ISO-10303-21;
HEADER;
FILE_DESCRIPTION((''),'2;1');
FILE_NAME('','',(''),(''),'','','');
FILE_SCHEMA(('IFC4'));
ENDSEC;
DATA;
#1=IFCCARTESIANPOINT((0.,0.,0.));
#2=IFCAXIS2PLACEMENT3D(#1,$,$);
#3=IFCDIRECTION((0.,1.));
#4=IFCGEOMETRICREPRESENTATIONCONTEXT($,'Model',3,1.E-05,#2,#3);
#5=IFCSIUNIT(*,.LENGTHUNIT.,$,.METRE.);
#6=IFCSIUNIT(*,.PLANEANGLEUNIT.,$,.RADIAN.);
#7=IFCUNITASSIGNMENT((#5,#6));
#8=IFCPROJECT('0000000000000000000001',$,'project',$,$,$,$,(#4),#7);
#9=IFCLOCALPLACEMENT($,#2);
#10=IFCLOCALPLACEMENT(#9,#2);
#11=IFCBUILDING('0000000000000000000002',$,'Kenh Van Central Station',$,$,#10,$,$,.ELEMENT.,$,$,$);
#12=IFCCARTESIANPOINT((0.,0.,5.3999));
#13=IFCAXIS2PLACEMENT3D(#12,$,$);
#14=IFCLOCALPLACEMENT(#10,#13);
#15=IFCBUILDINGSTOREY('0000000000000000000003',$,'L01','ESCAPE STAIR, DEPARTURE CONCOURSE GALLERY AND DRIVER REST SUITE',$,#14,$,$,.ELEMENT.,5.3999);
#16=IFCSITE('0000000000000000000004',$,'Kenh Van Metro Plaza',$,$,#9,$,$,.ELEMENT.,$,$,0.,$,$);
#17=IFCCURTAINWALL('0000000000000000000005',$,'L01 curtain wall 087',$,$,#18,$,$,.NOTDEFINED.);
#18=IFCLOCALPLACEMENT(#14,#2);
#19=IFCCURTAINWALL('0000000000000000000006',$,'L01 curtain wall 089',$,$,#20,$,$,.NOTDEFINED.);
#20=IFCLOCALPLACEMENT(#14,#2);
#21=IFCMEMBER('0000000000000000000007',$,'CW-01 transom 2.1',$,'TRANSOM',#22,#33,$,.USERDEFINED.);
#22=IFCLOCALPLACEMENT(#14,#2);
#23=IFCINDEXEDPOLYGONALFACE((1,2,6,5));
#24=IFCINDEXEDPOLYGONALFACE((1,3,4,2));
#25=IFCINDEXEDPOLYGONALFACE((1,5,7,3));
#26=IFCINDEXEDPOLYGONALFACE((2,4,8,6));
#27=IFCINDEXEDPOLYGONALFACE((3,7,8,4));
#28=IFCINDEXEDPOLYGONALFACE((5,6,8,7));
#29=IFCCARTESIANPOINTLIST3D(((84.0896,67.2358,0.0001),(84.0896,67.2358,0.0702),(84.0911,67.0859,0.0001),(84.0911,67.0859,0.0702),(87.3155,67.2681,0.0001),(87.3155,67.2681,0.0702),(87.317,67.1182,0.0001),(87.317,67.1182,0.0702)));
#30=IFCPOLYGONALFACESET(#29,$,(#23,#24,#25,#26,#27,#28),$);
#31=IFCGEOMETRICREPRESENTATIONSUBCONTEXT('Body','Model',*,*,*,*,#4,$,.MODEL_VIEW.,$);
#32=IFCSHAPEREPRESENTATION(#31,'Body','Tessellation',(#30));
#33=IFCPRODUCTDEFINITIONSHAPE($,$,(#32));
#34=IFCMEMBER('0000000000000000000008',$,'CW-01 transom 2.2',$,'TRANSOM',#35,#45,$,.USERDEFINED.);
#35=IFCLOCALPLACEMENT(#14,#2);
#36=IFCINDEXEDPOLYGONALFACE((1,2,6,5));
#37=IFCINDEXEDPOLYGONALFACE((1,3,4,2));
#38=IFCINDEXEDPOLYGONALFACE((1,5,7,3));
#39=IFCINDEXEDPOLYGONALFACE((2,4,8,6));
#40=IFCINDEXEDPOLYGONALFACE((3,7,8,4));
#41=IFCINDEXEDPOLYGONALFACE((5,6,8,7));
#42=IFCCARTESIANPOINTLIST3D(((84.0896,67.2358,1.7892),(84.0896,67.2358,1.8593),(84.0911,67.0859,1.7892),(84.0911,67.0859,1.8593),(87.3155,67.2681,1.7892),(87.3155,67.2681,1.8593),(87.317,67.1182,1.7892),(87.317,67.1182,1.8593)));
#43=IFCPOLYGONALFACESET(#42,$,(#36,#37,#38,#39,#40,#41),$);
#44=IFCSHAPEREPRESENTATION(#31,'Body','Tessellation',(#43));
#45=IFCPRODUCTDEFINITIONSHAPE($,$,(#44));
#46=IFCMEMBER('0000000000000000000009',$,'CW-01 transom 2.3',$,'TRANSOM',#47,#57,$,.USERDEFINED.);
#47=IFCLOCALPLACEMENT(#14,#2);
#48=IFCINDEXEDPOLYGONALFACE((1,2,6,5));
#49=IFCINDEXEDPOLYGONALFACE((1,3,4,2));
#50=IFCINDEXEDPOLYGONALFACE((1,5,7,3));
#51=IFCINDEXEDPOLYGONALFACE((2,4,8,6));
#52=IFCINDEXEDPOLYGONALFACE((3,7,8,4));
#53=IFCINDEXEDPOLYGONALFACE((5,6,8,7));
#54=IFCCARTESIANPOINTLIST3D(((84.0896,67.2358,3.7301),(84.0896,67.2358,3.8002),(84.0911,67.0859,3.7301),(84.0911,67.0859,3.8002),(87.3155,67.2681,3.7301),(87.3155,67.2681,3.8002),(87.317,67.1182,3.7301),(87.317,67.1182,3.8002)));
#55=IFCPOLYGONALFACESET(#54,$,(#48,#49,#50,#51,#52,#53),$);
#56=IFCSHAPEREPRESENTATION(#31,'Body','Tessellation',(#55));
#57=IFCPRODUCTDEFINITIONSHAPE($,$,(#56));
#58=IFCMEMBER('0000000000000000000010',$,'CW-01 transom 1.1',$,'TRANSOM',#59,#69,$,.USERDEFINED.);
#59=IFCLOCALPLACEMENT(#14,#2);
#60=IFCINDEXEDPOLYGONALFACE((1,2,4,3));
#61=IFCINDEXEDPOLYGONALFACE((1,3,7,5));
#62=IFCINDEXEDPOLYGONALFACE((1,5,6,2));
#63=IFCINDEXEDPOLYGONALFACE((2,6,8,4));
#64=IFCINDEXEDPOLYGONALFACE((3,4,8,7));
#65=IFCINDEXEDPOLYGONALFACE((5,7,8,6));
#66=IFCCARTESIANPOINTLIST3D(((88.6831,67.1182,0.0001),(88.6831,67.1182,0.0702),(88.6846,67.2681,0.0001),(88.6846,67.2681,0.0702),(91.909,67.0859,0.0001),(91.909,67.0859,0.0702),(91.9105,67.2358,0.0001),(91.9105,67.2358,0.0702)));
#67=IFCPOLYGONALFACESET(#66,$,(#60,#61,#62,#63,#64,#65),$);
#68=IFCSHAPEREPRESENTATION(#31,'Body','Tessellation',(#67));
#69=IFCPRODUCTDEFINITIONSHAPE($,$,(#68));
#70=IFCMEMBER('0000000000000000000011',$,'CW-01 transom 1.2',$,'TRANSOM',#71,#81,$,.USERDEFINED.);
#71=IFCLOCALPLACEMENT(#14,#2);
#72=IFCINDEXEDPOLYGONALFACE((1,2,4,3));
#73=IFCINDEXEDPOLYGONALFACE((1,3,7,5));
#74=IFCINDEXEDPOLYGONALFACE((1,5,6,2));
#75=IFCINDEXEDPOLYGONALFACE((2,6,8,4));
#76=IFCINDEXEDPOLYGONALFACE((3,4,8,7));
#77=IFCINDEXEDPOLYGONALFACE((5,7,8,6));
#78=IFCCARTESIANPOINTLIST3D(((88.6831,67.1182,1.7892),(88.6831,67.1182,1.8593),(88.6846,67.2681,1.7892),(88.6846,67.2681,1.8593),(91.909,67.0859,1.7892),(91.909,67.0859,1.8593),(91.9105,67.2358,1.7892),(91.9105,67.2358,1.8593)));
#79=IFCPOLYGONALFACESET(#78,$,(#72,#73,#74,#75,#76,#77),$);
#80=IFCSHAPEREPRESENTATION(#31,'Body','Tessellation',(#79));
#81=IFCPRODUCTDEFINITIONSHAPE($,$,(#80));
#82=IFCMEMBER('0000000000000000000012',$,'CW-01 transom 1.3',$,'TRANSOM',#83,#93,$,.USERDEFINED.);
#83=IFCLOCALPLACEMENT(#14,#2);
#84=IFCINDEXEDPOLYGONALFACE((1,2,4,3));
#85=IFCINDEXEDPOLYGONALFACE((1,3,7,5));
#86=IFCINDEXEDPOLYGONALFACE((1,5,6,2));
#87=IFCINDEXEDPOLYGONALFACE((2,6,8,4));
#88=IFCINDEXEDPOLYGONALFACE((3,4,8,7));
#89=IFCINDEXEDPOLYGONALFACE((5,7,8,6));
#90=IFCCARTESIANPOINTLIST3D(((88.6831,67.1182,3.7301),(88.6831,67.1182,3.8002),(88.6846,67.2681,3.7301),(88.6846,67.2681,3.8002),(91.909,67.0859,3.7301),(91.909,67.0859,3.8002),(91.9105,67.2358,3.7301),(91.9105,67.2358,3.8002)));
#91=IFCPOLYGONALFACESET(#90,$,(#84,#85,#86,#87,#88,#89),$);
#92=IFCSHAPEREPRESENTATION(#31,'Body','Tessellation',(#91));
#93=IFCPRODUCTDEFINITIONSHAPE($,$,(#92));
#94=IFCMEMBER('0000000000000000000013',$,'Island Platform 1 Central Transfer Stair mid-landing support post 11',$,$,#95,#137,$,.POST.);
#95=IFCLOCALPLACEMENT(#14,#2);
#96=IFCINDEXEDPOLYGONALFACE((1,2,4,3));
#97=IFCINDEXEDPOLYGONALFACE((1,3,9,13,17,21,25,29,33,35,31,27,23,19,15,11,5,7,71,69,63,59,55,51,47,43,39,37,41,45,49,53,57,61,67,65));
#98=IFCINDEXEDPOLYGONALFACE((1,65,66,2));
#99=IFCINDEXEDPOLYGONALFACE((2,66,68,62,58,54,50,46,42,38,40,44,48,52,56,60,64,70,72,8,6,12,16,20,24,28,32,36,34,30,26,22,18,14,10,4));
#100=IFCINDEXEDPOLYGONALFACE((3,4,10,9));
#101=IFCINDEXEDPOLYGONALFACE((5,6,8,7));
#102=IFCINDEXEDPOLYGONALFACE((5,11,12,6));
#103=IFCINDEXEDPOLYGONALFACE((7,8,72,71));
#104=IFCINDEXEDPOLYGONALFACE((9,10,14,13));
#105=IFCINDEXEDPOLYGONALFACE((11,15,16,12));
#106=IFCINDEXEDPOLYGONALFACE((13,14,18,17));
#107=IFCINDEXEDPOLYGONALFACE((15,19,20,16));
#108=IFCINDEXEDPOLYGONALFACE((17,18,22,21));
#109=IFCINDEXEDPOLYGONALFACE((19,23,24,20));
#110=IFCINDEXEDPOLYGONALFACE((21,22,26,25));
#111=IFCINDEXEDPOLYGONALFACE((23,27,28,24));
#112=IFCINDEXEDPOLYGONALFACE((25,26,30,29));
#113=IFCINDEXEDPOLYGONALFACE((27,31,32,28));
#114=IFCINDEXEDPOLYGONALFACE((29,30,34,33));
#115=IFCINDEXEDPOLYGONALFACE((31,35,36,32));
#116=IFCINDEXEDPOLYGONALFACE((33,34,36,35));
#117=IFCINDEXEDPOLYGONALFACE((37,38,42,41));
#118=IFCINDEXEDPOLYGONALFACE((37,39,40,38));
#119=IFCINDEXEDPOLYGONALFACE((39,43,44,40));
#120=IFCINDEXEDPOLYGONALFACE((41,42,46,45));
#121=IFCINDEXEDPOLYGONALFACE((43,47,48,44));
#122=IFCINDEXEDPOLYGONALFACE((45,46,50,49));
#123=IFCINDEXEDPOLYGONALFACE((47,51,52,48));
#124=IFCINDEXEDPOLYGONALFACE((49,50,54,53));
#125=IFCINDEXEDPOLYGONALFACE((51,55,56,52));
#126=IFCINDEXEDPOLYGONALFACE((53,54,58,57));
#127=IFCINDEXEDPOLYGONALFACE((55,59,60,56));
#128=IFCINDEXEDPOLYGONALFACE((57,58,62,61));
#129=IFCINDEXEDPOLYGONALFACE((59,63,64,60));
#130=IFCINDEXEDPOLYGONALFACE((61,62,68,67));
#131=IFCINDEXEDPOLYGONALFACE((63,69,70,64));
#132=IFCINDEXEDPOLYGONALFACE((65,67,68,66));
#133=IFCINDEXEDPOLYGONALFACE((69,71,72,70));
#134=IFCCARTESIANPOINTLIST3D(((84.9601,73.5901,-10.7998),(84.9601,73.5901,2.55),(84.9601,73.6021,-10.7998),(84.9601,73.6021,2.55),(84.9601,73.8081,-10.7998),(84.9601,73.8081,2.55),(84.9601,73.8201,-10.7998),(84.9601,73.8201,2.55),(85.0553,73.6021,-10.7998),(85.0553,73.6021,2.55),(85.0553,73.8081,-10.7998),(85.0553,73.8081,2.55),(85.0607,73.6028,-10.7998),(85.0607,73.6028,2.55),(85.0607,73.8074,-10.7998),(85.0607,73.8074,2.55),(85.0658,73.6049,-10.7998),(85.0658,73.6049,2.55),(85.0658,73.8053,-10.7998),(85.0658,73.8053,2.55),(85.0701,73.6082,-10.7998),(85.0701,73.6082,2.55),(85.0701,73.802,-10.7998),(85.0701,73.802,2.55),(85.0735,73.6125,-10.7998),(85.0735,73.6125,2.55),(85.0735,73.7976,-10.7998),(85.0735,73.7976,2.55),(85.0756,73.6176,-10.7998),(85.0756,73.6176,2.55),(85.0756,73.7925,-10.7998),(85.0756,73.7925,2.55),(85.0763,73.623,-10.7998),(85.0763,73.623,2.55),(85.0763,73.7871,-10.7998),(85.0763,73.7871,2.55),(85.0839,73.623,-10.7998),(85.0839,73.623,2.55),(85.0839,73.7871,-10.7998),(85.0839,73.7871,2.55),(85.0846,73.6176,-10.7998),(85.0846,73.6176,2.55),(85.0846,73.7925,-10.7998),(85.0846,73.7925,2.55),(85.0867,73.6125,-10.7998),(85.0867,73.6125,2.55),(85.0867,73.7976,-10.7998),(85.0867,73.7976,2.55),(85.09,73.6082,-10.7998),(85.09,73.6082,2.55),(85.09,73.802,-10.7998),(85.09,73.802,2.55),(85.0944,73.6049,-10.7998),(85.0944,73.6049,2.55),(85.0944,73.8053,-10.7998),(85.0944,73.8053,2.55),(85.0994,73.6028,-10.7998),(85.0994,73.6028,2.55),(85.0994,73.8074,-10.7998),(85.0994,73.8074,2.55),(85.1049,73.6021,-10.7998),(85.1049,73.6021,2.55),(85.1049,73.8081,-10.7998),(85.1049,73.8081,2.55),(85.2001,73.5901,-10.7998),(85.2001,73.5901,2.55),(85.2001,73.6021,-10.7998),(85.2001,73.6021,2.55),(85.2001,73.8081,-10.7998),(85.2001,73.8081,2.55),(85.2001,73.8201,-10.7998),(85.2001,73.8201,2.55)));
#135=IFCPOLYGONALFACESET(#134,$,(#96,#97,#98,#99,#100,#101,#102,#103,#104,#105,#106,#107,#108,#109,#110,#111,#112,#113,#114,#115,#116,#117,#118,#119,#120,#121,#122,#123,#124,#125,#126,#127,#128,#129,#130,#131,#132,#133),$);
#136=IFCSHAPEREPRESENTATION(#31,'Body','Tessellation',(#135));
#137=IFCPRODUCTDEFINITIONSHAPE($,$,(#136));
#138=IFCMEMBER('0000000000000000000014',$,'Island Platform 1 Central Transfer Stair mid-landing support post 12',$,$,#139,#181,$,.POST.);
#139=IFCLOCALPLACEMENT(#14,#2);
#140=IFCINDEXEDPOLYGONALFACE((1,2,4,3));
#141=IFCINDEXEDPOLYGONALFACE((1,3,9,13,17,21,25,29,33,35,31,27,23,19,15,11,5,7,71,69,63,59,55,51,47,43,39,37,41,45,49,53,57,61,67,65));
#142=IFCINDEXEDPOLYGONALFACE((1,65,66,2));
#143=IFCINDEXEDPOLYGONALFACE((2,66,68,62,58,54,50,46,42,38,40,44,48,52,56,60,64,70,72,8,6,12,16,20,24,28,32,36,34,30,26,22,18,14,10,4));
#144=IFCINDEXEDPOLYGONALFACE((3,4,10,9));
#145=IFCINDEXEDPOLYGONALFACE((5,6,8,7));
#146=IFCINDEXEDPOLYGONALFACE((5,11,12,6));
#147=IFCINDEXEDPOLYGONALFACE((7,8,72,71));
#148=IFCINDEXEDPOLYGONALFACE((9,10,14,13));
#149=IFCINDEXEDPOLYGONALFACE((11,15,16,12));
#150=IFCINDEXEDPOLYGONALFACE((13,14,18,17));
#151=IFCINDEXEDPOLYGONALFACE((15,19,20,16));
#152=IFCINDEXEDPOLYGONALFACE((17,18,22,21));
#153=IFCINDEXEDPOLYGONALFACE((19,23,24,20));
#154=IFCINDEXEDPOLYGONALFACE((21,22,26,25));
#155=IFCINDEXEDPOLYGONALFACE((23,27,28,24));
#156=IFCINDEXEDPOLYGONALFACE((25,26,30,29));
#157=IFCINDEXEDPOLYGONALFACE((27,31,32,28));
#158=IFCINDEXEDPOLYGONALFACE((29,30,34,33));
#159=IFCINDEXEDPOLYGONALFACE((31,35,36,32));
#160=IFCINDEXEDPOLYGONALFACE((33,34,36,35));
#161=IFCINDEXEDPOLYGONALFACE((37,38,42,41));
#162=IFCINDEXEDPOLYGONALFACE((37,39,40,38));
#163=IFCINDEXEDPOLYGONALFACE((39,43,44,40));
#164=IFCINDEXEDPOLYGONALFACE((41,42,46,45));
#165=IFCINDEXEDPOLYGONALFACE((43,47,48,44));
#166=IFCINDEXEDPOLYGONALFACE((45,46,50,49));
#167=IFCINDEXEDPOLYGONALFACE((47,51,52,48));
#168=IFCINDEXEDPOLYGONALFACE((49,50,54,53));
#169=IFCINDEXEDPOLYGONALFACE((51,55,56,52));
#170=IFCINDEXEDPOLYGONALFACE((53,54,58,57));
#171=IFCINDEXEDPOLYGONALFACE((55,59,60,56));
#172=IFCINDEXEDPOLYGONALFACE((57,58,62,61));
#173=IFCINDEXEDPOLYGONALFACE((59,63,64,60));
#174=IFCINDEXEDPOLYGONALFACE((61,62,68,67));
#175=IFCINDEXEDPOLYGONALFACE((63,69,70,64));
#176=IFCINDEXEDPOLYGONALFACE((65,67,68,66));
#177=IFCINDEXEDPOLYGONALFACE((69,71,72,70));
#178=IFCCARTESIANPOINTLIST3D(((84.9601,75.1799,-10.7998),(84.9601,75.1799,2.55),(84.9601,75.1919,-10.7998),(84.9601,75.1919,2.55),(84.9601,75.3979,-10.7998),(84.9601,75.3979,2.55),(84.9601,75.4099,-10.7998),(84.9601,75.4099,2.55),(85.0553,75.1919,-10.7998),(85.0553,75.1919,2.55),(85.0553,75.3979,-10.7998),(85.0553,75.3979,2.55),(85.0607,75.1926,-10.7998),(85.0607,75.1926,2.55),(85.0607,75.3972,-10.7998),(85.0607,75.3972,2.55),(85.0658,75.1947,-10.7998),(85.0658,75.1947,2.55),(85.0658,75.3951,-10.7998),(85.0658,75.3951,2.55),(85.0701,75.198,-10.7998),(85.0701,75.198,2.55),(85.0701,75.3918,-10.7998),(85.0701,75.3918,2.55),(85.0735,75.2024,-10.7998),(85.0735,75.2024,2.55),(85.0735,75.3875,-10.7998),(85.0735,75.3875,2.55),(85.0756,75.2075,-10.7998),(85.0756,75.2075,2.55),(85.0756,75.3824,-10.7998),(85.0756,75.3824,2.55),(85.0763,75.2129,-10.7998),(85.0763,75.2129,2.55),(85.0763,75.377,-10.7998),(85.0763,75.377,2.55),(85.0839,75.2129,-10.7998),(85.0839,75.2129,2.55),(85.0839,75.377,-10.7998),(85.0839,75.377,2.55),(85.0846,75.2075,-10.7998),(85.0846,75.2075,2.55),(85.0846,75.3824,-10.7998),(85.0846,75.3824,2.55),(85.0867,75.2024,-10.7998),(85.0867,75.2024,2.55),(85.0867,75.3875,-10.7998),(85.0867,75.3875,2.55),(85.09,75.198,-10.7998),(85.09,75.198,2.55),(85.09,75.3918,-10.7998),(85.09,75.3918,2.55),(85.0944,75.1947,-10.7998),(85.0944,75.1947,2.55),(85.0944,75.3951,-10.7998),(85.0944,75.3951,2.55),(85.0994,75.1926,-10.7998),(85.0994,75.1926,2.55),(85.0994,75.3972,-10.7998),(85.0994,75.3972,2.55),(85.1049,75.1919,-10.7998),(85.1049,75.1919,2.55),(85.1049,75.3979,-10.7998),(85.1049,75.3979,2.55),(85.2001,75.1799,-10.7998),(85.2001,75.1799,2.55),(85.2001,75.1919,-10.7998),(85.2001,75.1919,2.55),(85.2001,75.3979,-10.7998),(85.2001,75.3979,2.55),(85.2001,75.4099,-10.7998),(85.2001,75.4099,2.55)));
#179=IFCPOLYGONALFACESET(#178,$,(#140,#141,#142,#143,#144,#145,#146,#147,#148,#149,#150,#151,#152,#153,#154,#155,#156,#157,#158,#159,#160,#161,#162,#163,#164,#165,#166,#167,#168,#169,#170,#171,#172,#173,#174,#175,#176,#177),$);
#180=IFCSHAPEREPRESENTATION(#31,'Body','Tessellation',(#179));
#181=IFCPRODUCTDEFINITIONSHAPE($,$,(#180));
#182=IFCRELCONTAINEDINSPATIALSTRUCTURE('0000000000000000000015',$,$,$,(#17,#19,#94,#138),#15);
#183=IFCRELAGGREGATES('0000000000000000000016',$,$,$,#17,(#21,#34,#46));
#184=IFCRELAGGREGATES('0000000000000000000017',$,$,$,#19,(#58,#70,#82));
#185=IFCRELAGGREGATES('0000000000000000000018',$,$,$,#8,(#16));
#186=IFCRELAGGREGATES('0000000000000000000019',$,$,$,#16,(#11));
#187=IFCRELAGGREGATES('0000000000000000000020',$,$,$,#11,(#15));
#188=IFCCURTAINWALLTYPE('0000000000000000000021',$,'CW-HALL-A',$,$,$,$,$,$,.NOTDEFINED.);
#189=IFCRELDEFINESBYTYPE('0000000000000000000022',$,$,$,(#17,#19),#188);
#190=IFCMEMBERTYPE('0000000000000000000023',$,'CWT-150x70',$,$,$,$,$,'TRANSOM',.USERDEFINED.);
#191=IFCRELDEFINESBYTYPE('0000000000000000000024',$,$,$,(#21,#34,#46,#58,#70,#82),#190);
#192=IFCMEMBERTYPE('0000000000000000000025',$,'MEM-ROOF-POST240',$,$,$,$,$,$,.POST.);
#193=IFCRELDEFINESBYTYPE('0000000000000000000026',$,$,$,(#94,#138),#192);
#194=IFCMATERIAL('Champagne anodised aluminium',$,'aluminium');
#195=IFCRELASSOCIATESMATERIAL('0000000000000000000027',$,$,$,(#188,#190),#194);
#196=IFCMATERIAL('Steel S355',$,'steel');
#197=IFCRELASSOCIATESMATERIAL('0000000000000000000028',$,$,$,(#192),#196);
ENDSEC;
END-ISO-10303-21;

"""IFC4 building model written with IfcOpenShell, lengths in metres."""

from ifc_helpers import new_model, si_unit, direction, frame, origin, origin_2d, place, context, subcontext, project, spatial, rectangle, i_section, extrude, material, material_profile, profile_set, type_object, element, aggregate, save


model = new_model("IFC4")

# Units and contexts
model_context = context("Model", 3, precision=1e-05, world=origin(), true_north=direction((0.0, 1.0)))
body_context = subcontext(model_context, "Body", "Model", "MODEL_VIEW")
ifc_project = project(units=[si_unit("LENGTHUNIT", "METRE"), si_unit("PLANEANGLEUNIT", "RADIAN")], contexts=[model_context])

# Site, building, storey
site_placement = place(None, origin())
site = spatial("IfcSite", under=ifc_project, at=site_placement, Name="Kenh Van Metro Plaza", CompositionType="ELEMENT", RefElevation=0.0)
building_placement = place(site_placement, origin())
building = spatial("IfcBuilding", under=site, at=building_placement, Name="Kenh Van Central Station", CompositionType="ELEMENT")
storey_placement = place(building_placement, frame((0.0, 0.0, 5.3999)))
storey = spatial("IfcBuildingStorey", under=building, at=storey_placement, Name="L01", Description="ESCAPE STAIR, DEPARTURE CONCOURSE GALLERY AND DRIVER REST SUITE", CompositionType="ELEMENT", Elevation=5.3999)

# Curtain wall
ifc_material_1 = material(Name="Champagne anodised aluminium", Category="aluminium")
curtain_wall_type = type_object("IfcCurtainWallType", Name="CW-HALL-A", PredefinedType="NOTDEFINED", material=ifc_material_1)
curtain_wall_1_placement = place(storey_placement, origin())
curtain_wall_1 = element("IfcCurtainWall", 1, at=curtain_wall_1_placement, inside=storey, type_object=curtain_wall_type, Name="L01 curtain wall 087", PredefinedType="NOTDEFINED")

# Curtain wall
curtain_wall_2_placement = place(storey_placement, origin())
curtain_wall_2 = element("IfcCurtainWall", 2, at=curtain_wall_2_placement, inside=storey, type_object=curtain_wall_type, Name="L01 curtain wall 089", PredefinedType="NOTDEFINED")

# Members
ifc_material_profile_1 = material_profile(ifc_material_1, rectangle(XDim=0.1499, YDim=0.0701, at=origin_2d()), Name="AL 150x70")
ifc_profile_set_1 = profile_set([ifc_material_profile_1], Name="Champagne anodised aluminium")
member_type_1 = type_object("IfcMemberType", Name="CWT-150x70", ElementType="TRANSOM", PredefinedType="USERDEFINED", material=ifc_profile_set_1)
member_1_placement = place(storey_placement, frame((84.0903, 67.1609, 0.0352), z_axis=(0.99995, 0.00999, 0.0), x_axis=(-0.00999, 0.99995, 0.0)))
member_1 = element("IfcMember", 3, at=member_1_placement, type_object=member_type_1, Name="CW-01 transom 2.1", ObjectType="TRANSOM", PredefinedType="USERDEFINED", context=body_context, shape_type="SweptSolid", body=[
    extrude(rectangle(XDim=0.1499, YDim=0.0701, at=origin_2d()), origin(), (0.0, 0.0, 1.0), 3.2261),
])
member_2_placement = place(storey_placement, frame((84.0903, 67.1609, 1.8242), z_axis=(0.99995, 0.00999, 0.0), x_axis=(-0.00999, 0.99995, 0.0)))
member_2 = element("IfcMember", 4, at=member_2_placement, type_object=member_type_1, Name="CW-01 transom 2.2", ObjectType="TRANSOM", PredefinedType="USERDEFINED", context=body_context, shape_type="SweptSolid", body=[
    extrude(rectangle(XDim=0.1499, YDim=0.0701, at=origin_2d()), origin(), (0.0, 0.0, 1.0), 3.2261),
])
member_3_placement = place(storey_placement, frame((84.0903, 67.1609, 3.7651), z_axis=(0.99995, 0.00999, 0.0), x_axis=(-0.00999, 0.99995, 0.0)))
member_3 = element("IfcMember", 5, at=member_3_placement, type_object=member_type_1, Name="CW-01 transom 2.3", ObjectType="TRANSOM", PredefinedType="USERDEFINED", context=body_context, shape_type="SweptSolid", body=[
    extrude(rectangle(XDim=0.1499, YDim=0.0701, at=origin_2d()), origin(), (0.0, 0.0, 1.0), 3.2261),
])
member_4_placement = place(storey_placement, frame((88.6838, 67.1931, 0.0352), z_axis=(0.99995, -0.00999, 0.0), x_axis=(0.00999, 0.99995, 0.0)))
member_4 = element("IfcMember", 6, at=member_4_placement, type_object=member_type_1, Name="CW-01 transom 1.1", ObjectType="TRANSOM", PredefinedType="USERDEFINED", context=body_context, shape_type="SweptSolid", body=[
    extrude(rectangle(XDim=0.1499, YDim=0.0701, at=origin_2d()), origin(), (0.0, 0.0, 1.0), 3.2261),
])
member_5_placement = place(storey_placement, frame((88.6838, 67.1931, 1.8242), z_axis=(0.99995, -0.00999, 0.0), x_axis=(0.00999, 0.99995, 0.0)))
member_5 = element("IfcMember", 7, at=member_5_placement, type_object=member_type_1, Name="CW-01 transom 1.2", ObjectType="TRANSOM", PredefinedType="USERDEFINED", context=body_context, shape_type="SweptSolid", body=[
    extrude(rectangle(XDim=0.1499, YDim=0.0701, at=origin_2d()), origin(), (0.0, 0.0, 1.0), 3.2261),
])
member_6_placement = place(storey_placement, frame((88.6838, 67.1931, 3.7651), z_axis=(0.99995, -0.00999, 0.0), x_axis=(0.00999, 0.99995, 0.0)))
member_6 = element("IfcMember", 8, at=member_6_placement, type_object=member_type_1, Name="CW-01 transom 1.3", ObjectType="TRANSOM", PredefinedType="USERDEFINED", context=body_context, shape_type="SweptSolid", body=[
    extrude(rectangle(XDim=0.1499, YDim=0.0701, at=origin_2d()), origin(), (0.0, 0.0, 1.0), 3.2261),
])

# Members
ifc_material_2 = material(Name="Steel S355", Category="steel")
ifc_material_profile_2 = material_profile(ifc_material_2, i_section(OverallWidth=0.24, OverallDepth=0.23, WebThickness=0.0076, FlangeThickness=0.012, FilletRadius=0.021, at=origin_2d()), Name="HEA 240")
ifc_profile_set_2 = profile_set([ifc_material_profile_2], Name="Steel S355")
member_type_2 = type_object("IfcMemberType", Name="MEM-ROOF-POST240", PredefinedType="POST", material=ifc_profile_set_2)
for number, where, z_axis, x_axis, name in (
    (9, (85.0801, 73.7051, -10.7998), (0.0, 0.0, 1.0), (1.0, 0.0, 0.0), "Island Platform 1 Central Transfer Stair mid-landing support post 11"),
    (10, (85.0801, 75.2949, -10.7998), (0.0, 0.0, 1.0), (1.0, 0.0, 0.0), "Island Platform 1 Central Transfer Stair mid-landing support post 12"),
):
    element("IfcMember", number, at=place(storey_placement, frame(where, z_axis=z_axis, x_axis=x_axis)), inside=storey, type_object=member_type_2, Name=name, PredefinedType="POST", context=body_context, shape_type="SweptSolid", body=[
        extrude(i_section(OverallWidth=0.24, OverallDepth=0.23, WebThickness=0.0076, FlangeThickness=0.012, FilletRadius=0.021, at=origin_2d()), origin(), (0.0, 0.0, 1.0), 13.3499),
    ])

aggregate(curtain_wall_1, [member_1, member_2, member_3])
aggregate(curtain_wall_2, [member_4, member_5, member_6])

save(model, "model.ifc")
